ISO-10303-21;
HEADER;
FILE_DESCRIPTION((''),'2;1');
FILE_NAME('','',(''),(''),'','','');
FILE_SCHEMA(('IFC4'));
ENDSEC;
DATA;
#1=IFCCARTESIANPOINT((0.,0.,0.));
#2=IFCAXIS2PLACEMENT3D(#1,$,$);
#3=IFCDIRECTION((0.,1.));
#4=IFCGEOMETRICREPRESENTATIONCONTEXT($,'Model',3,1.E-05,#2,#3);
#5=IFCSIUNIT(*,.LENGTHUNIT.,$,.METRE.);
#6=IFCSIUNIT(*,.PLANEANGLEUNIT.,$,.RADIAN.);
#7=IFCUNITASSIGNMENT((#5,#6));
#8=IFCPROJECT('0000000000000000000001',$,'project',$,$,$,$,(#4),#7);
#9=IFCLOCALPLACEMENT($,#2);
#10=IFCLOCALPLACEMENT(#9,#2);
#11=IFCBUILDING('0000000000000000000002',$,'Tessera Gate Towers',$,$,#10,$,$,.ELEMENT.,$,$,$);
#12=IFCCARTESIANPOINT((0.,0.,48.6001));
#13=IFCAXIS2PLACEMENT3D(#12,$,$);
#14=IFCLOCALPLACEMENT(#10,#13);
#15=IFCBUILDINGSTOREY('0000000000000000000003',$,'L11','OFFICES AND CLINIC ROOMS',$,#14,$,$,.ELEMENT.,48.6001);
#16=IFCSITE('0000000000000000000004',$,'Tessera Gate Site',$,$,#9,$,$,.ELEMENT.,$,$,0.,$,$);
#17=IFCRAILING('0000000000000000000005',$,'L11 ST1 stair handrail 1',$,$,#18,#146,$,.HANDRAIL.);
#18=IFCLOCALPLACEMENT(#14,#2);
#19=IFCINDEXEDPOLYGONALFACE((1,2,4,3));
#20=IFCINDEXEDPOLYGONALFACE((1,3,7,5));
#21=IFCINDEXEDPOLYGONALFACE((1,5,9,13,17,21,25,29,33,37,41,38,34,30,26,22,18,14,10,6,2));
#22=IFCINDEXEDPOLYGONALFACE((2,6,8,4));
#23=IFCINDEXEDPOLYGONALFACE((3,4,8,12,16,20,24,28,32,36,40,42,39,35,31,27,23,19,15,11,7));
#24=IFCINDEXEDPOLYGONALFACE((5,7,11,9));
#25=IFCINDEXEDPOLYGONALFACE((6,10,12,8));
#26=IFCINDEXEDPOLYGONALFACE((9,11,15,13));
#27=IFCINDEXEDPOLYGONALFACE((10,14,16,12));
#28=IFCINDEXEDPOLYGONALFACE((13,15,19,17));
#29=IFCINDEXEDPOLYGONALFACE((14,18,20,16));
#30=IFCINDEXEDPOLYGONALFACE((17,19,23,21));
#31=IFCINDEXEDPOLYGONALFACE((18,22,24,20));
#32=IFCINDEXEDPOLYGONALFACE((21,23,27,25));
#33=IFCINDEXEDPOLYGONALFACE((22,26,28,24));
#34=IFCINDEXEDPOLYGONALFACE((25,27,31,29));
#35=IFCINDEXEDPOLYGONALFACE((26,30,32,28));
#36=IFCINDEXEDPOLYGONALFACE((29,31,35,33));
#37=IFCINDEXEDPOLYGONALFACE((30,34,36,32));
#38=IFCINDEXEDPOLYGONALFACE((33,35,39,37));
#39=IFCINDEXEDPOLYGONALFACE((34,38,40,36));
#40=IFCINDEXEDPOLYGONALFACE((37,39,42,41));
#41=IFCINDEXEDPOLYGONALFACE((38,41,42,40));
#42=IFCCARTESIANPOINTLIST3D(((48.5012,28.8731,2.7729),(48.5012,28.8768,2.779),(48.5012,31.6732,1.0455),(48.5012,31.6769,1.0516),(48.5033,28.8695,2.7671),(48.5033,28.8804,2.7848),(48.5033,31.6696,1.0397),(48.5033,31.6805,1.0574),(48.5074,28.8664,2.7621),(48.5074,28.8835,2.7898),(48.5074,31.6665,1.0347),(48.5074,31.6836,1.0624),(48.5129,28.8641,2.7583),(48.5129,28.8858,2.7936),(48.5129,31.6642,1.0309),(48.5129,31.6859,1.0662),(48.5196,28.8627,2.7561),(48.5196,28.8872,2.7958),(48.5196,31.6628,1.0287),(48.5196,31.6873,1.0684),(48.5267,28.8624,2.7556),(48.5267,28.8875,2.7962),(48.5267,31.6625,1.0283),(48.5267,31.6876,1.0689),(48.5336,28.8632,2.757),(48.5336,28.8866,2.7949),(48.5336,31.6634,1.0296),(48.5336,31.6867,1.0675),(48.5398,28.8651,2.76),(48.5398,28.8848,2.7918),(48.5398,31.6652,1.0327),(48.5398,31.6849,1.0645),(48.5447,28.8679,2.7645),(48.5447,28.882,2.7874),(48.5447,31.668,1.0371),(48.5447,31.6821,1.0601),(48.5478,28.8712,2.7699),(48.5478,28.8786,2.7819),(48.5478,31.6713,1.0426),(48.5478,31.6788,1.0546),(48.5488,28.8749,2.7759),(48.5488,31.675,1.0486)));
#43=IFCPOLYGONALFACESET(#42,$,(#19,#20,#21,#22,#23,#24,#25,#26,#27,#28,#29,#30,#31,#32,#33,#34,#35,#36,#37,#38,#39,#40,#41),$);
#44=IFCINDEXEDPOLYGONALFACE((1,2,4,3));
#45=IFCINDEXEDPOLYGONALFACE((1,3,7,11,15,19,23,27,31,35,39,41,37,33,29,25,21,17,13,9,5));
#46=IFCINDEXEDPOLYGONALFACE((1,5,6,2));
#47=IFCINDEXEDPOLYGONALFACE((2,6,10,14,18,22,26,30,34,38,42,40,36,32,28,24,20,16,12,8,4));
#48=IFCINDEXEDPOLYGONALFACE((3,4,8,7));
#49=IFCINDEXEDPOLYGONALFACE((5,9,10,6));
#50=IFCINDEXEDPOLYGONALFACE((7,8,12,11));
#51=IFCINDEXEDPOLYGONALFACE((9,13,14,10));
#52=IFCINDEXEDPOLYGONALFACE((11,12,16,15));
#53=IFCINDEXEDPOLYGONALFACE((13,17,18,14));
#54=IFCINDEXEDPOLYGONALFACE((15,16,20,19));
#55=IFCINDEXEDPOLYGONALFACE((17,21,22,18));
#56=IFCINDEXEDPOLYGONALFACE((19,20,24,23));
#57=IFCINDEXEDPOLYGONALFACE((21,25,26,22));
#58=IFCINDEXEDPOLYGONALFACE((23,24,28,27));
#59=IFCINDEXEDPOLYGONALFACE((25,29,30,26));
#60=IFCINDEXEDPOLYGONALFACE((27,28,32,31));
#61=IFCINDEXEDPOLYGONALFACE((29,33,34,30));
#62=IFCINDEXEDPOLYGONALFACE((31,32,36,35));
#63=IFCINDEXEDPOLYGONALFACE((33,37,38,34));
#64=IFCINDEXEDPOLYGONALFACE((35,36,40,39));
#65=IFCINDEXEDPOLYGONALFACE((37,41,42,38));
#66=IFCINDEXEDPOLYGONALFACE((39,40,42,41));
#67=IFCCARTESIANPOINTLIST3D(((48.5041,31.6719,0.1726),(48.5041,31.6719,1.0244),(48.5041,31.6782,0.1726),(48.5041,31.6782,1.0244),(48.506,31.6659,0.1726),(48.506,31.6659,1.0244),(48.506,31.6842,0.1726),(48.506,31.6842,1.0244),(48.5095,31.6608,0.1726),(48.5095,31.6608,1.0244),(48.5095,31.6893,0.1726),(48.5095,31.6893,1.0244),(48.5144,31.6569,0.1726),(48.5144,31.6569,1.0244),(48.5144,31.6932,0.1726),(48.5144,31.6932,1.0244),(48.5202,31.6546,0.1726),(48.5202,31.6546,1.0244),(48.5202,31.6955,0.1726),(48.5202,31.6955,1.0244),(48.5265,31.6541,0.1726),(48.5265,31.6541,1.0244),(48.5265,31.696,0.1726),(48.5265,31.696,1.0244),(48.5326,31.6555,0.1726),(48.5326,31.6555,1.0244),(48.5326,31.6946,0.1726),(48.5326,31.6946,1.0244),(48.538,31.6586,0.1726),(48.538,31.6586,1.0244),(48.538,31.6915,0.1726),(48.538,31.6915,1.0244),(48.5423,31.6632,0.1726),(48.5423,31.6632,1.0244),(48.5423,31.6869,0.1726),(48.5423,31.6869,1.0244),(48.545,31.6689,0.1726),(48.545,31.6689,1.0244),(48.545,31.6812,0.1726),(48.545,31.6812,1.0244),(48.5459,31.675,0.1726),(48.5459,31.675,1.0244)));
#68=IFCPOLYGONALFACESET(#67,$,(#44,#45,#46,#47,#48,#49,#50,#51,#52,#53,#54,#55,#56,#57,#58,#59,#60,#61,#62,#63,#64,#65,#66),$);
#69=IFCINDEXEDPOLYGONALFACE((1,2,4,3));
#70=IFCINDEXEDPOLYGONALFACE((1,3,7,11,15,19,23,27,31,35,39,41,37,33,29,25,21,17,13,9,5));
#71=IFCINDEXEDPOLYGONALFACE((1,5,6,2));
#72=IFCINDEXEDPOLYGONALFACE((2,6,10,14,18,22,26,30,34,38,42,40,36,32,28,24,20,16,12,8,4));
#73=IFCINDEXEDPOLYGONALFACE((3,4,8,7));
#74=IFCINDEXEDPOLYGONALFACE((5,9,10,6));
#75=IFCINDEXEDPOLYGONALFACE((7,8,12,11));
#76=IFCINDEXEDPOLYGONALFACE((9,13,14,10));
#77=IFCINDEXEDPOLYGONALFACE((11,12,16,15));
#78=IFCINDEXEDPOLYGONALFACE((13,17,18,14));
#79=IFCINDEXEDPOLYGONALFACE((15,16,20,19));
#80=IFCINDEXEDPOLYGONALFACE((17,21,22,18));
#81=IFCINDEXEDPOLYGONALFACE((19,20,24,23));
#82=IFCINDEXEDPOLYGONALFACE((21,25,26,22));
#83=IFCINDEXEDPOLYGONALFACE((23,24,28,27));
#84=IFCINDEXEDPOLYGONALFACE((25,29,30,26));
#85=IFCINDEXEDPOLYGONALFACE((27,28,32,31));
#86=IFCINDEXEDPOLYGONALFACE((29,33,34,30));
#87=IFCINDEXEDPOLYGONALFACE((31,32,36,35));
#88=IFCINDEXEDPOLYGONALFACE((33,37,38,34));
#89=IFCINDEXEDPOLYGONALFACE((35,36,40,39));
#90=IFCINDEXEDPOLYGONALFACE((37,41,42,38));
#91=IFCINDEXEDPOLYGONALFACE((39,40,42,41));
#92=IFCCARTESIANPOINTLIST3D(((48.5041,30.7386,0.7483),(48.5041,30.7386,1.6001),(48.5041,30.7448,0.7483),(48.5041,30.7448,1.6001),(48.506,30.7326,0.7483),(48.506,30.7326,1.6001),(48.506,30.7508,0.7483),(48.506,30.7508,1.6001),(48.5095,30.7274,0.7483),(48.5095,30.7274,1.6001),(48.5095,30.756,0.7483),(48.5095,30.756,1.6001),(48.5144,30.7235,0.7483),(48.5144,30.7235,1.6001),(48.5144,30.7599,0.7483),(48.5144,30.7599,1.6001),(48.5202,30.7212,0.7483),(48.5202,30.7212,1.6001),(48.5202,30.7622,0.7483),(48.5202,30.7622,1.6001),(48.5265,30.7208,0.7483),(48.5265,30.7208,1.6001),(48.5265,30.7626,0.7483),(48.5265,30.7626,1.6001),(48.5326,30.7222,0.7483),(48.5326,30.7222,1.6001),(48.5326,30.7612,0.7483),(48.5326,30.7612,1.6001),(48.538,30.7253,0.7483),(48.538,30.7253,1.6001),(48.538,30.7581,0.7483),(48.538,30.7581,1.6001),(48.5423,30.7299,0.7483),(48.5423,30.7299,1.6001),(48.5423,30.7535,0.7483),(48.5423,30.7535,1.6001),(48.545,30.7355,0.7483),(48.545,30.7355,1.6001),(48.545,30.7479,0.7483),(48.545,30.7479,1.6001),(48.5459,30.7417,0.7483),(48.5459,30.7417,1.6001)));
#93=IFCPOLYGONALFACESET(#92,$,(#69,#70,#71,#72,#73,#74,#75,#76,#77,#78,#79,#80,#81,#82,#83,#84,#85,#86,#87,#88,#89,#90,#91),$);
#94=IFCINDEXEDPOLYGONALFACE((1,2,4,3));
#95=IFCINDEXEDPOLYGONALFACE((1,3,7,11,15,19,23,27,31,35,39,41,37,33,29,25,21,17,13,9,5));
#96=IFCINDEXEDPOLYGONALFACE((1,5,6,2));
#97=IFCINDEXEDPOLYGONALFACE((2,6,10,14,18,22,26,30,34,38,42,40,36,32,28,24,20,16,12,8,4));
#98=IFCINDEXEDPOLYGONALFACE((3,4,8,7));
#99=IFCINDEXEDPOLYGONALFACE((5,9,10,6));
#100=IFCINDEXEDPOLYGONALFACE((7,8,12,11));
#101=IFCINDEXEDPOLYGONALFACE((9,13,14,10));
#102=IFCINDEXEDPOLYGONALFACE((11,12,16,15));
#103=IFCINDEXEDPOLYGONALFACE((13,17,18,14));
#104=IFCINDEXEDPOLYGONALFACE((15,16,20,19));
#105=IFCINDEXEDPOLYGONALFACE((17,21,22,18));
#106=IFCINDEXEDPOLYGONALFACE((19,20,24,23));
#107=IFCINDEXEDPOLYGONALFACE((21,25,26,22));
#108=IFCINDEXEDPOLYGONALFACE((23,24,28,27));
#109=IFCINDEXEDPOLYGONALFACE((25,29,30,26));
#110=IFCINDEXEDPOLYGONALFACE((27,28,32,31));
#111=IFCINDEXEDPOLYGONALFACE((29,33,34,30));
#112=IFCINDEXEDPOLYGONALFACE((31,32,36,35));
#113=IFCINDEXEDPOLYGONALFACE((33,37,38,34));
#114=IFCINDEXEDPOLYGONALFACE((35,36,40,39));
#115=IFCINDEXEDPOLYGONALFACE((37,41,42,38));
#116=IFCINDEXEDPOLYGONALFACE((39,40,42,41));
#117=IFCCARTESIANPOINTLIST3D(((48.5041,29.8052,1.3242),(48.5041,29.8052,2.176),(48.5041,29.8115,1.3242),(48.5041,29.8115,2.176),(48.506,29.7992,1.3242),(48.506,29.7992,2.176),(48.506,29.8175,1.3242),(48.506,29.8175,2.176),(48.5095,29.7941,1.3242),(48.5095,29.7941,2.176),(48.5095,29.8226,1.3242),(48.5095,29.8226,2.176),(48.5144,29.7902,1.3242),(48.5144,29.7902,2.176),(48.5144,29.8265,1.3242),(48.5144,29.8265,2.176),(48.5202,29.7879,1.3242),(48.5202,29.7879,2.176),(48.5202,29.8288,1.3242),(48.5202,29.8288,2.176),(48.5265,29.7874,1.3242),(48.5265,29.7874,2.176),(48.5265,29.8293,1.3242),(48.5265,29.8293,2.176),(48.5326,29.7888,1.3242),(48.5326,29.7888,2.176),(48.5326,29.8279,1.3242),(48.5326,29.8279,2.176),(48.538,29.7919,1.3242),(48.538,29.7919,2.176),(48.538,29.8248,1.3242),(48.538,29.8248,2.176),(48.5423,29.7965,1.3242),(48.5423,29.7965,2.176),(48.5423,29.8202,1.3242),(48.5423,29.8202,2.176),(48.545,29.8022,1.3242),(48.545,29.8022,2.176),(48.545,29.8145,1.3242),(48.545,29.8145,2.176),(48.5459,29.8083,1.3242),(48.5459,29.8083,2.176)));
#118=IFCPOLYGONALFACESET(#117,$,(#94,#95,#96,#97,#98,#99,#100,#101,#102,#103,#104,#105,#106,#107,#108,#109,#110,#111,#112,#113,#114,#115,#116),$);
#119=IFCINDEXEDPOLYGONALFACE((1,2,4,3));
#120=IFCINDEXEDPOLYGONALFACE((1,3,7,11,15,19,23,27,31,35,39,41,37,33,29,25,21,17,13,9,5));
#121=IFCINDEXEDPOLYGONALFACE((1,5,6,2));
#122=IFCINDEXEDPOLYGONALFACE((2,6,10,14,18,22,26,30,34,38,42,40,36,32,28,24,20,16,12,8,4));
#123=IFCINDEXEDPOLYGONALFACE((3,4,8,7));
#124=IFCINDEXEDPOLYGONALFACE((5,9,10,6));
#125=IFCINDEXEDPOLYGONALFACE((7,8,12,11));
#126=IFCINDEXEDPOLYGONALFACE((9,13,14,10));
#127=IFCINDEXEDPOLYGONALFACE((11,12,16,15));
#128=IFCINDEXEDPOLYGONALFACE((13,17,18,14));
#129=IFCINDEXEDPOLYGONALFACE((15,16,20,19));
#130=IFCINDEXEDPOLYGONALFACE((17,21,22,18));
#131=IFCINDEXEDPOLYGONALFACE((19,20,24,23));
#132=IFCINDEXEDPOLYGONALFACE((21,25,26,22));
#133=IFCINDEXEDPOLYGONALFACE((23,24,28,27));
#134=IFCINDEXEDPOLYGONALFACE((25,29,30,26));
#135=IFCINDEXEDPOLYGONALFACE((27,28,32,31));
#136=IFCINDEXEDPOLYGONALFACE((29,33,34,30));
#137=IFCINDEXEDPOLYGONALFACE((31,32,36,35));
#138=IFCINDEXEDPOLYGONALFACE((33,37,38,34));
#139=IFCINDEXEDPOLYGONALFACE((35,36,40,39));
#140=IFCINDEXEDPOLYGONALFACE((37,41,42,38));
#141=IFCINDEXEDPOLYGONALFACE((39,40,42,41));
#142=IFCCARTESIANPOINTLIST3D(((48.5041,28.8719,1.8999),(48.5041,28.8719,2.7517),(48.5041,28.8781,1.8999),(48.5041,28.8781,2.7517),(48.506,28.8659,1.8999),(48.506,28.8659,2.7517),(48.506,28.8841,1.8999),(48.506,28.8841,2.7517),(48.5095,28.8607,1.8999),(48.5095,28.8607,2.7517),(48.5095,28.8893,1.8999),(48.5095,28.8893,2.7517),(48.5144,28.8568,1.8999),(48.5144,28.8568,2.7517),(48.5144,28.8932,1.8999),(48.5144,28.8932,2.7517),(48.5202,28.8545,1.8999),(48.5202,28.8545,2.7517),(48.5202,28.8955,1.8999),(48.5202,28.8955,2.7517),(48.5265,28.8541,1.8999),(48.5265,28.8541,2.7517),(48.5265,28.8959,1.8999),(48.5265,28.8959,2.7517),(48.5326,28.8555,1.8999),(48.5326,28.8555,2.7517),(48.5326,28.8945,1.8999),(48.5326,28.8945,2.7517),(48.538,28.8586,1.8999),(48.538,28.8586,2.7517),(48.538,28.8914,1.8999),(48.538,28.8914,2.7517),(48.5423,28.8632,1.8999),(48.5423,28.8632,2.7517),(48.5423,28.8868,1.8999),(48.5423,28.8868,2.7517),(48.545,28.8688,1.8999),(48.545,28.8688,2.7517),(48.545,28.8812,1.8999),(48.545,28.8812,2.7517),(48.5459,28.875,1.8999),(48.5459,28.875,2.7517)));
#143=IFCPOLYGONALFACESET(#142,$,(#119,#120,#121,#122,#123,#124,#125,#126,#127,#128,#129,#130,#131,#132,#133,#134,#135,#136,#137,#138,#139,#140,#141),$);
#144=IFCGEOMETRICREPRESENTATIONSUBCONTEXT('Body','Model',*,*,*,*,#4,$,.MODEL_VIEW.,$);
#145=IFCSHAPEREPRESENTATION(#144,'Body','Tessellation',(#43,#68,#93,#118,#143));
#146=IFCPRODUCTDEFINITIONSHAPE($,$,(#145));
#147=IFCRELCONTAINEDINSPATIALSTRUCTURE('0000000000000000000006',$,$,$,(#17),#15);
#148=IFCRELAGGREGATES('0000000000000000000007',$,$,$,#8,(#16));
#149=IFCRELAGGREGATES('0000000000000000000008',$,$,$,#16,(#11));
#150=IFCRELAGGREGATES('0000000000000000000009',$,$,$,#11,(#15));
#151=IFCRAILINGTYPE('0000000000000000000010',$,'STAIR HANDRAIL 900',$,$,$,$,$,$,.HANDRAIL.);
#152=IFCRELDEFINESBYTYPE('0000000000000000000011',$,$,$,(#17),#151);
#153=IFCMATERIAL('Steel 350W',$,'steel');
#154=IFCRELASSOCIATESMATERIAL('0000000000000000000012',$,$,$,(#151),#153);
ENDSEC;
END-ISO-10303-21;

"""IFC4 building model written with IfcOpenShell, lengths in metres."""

from ifc_helpers import new_model, si_unit, direction, frame, origin, origin_2d, place, context, subcontext, project, spatial, circle, extrude, material, type_object, element, save


model = new_model("IFC4")

# Units and contexts
model_context = context("Model", 3, precision=1e-05, world=origin(), true_north=direction((0.0, 1.0)))
body_context = subcontext(model_context, "Body", "Model", "MODEL_VIEW")
ifc_project = project(units=[si_unit("LENGTHUNIT", "METRE"), si_unit("PLANEANGLEUNIT", "RADIAN")], contexts=[model_context])

# Site, building, storey
site_placement = place(None, origin())
site = spatial("IfcSite", under=ifc_project, at=site_placement, Name="Tessera Gate Site", CompositionType="ELEMENT", RefElevation=0.0)
building_placement = place(site_placement, origin())
building = spatial("IfcBuilding", under=site, at=building_placement, Name="Tessera Gate Towers", CompositionType="ELEMENT")
storey_placement = place(building_placement, frame((0.0, 0.0, 48.6001)))
storey = spatial("IfcBuildingStorey", under=building, at=storey_placement, Name="L11", Description="OFFICES AND CLINIC ROOMS", CompositionType="ELEMENT", Elevation=48.6001)

# Railing
ifc_material_1 = material(Name="Steel 350W", Category="steel")
railing_type_1 = type_object("IfcRailingType", Name="STAIR HANDRAIL 900", PredefinedType="HANDRAIL", material=ifc_material_1)
railing_1_placement = place(storey_placement, frame((48.5249, 31.675, 0.1726)))
element("IfcRailing", 1, at=railing_1_placement, inside=storey, type_object=railing_type_1, Name="L11 ST1 stair handrail 1", PredefinedType="HANDRAIL", context=body_context, shape_type="SweptSolid", body=[
    extrude(circle(Radius=0.0239, at=origin_2d()), frame((0.0, 0.0, 0.876), z_axis=(0.0, -0.85109, 0.52502), x_axis=(1.0, 0.0, 0.0)), (0.0, 0.0, 1.0), 3.29),
    extrude(circle(Radius=0.021, at=origin_2d()), origin(), (0.0, 0.0, 1.0), 0.8518),
    extrude(circle(Radius=0.021, at=origin_2d()), frame((0.0, -0.9333, 0.5757)), (0.0, 0.0, 1.0), 0.8518),
    extrude(circle(Radius=0.021, at=origin_2d()), frame((0.0, -1.8667, 1.1516)), (0.0, 0.0, 1.0), 0.8518),
    extrude(circle(Radius=0.021, at=origin_2d()), frame((0.0, -2.8, 1.7273)), (0.0, 0.0, 1.0), 0.8518),
])

save(model, "model.ifc")
